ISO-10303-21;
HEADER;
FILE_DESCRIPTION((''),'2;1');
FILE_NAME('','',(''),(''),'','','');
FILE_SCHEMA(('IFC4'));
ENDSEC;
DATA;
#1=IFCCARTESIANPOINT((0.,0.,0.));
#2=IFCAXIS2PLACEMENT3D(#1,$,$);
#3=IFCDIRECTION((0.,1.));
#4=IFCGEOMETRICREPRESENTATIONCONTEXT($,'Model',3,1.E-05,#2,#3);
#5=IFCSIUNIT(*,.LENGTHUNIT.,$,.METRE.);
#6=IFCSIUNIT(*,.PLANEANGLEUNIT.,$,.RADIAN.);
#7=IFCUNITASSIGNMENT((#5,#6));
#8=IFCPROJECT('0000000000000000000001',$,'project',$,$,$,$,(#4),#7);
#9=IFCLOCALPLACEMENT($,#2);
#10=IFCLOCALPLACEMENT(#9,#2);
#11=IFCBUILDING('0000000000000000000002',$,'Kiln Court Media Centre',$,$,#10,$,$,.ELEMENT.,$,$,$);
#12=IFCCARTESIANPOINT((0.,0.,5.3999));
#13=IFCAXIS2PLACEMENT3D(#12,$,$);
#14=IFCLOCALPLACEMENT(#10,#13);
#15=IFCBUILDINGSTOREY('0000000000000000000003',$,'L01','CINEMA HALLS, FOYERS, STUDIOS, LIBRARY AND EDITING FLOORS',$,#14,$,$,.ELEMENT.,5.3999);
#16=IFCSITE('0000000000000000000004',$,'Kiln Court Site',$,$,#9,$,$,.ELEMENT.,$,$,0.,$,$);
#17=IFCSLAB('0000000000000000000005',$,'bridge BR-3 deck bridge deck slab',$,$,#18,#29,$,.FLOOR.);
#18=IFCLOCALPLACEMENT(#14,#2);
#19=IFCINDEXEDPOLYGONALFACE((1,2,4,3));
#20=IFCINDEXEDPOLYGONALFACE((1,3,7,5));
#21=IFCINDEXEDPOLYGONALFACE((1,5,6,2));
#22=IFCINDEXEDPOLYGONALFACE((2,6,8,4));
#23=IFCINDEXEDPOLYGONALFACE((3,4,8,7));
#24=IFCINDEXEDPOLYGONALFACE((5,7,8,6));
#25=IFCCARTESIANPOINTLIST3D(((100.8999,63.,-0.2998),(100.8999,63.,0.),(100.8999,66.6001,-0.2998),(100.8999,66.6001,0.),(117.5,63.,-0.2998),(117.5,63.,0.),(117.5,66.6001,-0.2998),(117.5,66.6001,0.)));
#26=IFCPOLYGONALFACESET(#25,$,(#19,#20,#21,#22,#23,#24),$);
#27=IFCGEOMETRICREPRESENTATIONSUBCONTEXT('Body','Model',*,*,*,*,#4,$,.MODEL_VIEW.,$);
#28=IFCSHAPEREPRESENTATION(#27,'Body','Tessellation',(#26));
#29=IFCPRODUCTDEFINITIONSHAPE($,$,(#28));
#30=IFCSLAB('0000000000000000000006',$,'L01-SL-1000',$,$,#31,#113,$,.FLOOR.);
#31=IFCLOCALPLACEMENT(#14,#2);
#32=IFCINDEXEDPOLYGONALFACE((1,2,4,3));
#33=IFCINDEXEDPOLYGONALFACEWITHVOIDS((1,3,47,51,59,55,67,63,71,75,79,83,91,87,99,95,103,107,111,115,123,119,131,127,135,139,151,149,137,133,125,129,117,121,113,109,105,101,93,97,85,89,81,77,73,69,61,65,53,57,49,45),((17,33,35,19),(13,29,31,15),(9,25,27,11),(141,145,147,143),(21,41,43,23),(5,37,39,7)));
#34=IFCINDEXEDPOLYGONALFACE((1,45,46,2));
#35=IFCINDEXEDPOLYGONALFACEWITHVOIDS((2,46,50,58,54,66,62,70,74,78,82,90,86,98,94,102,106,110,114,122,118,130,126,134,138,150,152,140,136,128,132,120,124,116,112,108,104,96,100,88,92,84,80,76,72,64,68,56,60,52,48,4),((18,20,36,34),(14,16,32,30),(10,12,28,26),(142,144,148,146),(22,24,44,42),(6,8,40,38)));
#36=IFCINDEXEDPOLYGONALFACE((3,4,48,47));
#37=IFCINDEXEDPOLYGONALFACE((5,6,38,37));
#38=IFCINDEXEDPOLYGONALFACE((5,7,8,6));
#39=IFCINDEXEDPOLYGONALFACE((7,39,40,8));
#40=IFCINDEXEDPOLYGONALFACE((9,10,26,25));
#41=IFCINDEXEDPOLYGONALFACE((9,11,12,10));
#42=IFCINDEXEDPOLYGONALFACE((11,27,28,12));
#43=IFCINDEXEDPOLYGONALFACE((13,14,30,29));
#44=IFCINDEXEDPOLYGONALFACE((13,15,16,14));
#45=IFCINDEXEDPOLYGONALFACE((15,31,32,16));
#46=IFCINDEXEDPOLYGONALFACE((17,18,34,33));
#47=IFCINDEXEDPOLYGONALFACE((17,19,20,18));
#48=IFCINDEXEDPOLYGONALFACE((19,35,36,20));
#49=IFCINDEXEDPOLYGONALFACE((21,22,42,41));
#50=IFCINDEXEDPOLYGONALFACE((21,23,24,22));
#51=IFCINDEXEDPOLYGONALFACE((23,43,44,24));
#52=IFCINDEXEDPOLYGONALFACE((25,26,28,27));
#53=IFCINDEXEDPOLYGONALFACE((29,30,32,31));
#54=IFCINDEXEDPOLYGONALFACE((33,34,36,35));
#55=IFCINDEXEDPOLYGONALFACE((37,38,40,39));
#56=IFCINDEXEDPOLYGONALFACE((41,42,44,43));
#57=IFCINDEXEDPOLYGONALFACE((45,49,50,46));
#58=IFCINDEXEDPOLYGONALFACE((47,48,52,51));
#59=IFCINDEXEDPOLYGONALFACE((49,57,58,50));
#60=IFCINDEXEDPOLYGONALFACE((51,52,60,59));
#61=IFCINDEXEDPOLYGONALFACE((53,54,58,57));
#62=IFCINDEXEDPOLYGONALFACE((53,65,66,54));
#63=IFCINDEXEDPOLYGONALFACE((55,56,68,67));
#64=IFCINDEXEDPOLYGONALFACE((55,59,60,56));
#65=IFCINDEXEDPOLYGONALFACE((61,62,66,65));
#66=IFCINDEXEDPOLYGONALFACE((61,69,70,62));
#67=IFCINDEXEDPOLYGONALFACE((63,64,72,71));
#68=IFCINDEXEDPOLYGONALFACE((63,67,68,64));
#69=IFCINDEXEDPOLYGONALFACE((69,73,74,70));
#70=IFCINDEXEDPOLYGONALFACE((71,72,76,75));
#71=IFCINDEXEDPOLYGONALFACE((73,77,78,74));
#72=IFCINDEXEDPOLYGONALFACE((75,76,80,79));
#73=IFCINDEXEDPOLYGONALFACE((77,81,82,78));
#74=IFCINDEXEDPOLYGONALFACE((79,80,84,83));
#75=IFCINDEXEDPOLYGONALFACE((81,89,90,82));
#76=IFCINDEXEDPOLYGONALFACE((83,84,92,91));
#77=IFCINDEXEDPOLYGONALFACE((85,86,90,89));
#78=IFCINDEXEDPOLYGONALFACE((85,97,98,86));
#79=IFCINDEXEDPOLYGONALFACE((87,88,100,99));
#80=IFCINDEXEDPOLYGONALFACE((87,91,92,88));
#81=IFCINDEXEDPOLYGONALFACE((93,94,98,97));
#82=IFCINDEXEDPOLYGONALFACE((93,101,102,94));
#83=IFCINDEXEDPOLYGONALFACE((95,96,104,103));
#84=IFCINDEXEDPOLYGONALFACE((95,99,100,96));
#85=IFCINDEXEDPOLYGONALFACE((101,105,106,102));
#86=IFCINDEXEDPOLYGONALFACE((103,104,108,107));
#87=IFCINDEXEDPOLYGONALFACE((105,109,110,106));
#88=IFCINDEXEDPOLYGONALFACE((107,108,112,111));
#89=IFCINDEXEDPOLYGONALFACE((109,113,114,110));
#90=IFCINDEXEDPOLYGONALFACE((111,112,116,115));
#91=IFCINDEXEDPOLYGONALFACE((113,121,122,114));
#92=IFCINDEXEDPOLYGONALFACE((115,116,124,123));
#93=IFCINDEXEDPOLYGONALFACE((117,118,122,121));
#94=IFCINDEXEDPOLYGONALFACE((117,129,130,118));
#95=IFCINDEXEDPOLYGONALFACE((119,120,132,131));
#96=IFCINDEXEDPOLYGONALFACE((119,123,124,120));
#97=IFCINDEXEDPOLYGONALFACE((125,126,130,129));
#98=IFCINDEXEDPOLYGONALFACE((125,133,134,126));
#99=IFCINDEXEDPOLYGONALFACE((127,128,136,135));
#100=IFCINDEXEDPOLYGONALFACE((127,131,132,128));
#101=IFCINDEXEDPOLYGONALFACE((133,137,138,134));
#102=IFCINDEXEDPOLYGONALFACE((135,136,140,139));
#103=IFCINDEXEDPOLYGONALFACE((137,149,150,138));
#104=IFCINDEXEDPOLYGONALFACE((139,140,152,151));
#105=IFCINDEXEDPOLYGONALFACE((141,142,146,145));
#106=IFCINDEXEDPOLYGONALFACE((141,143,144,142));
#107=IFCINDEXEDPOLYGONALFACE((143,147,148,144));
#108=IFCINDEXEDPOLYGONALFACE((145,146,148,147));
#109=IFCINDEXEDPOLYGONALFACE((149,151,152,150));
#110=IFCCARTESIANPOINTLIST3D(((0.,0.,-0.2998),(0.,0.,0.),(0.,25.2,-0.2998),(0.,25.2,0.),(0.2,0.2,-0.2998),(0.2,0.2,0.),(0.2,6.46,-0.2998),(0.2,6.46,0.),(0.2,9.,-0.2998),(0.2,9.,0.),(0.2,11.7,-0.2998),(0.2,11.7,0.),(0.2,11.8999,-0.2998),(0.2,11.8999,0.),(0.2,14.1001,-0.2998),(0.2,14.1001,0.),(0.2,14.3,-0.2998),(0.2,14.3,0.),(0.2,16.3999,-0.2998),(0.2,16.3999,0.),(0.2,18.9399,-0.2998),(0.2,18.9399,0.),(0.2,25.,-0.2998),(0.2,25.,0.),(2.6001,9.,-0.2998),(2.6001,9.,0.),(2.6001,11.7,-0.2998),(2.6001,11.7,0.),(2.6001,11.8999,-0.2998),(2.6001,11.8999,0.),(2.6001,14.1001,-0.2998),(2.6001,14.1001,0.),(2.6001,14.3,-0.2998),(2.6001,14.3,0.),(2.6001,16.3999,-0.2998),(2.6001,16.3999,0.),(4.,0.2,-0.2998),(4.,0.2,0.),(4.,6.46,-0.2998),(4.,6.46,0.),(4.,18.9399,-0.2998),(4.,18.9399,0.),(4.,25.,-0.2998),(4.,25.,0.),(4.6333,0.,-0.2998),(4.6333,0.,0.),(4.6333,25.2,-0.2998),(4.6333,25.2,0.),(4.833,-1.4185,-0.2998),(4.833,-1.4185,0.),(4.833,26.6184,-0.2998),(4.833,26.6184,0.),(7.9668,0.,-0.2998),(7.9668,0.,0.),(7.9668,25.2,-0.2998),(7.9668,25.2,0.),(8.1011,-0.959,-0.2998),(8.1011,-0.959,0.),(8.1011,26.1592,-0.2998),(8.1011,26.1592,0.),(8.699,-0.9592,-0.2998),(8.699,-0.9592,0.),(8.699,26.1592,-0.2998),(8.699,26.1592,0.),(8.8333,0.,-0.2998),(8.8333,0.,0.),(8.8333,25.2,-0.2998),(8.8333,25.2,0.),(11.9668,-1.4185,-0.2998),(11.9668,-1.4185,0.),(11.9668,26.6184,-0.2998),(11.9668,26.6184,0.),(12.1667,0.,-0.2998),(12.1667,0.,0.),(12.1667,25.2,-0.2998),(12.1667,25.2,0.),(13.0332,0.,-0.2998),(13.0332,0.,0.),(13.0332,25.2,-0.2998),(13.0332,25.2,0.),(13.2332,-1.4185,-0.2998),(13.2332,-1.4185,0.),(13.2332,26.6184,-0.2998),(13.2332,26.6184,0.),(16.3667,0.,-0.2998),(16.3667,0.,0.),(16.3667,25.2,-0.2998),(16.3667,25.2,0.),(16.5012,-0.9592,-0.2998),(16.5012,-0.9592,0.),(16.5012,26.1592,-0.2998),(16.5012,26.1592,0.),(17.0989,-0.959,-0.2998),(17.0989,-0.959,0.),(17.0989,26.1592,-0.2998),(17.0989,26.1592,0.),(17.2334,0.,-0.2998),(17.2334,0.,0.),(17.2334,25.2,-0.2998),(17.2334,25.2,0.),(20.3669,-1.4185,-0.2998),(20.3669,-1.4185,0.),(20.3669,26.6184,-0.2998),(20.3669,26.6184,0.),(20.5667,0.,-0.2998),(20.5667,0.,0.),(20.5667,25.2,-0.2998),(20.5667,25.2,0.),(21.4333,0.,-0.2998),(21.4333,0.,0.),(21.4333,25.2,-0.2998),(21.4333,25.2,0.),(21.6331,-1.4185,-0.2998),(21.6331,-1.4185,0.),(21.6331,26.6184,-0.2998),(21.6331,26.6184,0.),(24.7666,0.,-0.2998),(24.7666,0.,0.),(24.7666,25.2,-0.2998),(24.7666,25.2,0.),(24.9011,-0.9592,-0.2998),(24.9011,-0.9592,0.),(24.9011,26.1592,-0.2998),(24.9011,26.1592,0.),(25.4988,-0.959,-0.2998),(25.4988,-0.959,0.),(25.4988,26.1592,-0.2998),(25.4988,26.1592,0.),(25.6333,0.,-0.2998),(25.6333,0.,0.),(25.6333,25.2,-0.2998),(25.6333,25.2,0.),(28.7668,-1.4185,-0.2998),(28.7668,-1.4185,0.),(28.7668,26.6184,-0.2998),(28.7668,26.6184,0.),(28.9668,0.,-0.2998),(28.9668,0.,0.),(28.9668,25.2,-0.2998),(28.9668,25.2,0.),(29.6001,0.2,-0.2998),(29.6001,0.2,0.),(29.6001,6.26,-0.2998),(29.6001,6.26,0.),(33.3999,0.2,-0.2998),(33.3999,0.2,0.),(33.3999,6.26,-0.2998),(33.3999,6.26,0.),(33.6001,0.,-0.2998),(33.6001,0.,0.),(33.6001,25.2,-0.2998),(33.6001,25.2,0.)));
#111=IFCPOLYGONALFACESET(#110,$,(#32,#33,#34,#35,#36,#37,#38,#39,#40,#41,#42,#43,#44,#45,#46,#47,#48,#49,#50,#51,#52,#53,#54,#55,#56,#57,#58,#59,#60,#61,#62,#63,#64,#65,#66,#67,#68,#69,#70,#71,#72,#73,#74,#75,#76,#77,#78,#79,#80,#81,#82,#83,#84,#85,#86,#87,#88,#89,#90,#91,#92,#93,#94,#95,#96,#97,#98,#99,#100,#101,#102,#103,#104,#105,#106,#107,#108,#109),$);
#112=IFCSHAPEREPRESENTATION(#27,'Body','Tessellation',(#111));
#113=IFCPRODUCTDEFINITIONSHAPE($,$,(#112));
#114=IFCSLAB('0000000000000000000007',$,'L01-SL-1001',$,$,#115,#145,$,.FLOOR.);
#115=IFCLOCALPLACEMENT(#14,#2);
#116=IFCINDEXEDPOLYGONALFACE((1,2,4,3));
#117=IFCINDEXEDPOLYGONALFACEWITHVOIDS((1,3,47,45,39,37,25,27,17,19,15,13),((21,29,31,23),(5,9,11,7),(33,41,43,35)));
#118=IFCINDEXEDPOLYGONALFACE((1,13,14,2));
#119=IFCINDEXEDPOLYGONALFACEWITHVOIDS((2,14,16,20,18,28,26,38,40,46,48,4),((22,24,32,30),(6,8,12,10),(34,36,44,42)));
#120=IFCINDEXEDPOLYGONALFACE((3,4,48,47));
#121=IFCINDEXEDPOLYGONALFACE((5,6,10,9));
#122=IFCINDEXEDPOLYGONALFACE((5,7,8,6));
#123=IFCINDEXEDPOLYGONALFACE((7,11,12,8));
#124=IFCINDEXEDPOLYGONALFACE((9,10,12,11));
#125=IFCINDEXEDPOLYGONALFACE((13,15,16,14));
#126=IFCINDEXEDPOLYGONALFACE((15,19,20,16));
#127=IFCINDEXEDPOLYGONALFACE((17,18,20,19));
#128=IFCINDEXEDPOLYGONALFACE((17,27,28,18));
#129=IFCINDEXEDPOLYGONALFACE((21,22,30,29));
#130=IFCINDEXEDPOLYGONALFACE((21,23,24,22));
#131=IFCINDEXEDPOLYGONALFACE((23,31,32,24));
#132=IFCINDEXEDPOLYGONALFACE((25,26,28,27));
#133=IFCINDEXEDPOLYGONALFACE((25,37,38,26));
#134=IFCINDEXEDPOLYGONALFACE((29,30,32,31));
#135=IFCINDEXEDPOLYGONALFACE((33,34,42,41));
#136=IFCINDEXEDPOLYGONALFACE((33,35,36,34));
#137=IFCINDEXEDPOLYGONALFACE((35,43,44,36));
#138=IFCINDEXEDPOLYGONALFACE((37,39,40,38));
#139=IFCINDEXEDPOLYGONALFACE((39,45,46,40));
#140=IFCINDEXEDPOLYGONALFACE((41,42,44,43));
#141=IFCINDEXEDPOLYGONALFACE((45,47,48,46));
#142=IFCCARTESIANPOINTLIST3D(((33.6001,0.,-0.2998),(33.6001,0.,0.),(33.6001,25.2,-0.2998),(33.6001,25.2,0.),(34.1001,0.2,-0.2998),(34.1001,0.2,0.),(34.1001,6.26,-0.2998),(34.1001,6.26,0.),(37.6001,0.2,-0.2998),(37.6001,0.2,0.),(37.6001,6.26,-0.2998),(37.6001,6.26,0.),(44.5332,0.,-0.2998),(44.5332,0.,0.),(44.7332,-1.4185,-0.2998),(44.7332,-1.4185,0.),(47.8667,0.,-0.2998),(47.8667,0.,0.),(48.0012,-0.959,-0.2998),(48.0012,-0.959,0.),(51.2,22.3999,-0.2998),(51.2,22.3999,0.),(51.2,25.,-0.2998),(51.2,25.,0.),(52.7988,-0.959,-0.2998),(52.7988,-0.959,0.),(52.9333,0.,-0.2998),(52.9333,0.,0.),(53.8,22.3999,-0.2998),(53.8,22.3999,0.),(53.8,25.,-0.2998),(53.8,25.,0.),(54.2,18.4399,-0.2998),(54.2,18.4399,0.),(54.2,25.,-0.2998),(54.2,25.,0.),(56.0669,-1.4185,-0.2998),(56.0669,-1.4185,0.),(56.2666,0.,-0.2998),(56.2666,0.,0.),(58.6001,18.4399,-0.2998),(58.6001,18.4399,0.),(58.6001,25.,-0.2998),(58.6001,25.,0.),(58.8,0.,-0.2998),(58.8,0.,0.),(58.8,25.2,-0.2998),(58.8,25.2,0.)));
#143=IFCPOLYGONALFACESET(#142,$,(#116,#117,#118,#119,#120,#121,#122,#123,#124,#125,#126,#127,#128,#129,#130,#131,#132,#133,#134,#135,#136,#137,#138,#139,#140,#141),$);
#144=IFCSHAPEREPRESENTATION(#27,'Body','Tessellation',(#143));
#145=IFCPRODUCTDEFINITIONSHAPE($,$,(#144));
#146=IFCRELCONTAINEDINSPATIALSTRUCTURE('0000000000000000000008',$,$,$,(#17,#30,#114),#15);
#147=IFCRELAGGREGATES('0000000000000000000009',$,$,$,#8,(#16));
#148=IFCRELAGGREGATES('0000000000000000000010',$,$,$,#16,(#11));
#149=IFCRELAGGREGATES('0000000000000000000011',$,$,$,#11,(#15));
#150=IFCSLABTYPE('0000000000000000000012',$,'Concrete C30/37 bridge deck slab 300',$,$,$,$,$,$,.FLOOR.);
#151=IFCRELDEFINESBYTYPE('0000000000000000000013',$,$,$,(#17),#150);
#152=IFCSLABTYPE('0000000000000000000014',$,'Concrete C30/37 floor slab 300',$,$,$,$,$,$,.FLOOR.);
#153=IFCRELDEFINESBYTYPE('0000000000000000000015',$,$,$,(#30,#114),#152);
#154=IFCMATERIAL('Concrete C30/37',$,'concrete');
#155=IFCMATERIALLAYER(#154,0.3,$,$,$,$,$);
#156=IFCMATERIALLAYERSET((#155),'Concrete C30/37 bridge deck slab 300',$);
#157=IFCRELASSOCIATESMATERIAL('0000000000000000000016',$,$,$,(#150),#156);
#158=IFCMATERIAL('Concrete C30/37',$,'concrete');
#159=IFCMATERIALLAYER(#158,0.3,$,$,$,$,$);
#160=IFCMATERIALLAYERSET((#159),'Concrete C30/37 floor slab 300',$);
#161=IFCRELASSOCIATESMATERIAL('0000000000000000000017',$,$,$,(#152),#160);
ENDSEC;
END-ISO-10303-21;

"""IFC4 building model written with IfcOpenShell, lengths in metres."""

from ifc_helpers import new_model, si_unit, direction, frame, origin, place, context, subcontext, project, spatial, polyline, outline, extrude, material, layer, layer_set, type_object, element, save


model = new_model("IFC4")

# Units and contexts
model_context = context("Model", 3, precision=1e-05, world=origin(), true_north=direction((0.0, 1.0)))
body_context = subcontext(model_context, "Body", "Model", "MODEL_VIEW")
ifc_project = project(units=[si_unit("LENGTHUNIT", "METRE"), si_unit("PLANEANGLEUNIT", "RADIAN")], contexts=[model_context])

# Site, building, storey
site_placement = place(None, origin())
site = spatial("IfcSite", under=ifc_project, at=site_placement, Name="Kiln Court Site", CompositionType="ELEMENT", RefElevation=0.0)
building_placement = place(site_placement, origin())
building = spatial("IfcBuilding", under=site, at=building_placement, Name="Kiln Court Media Centre", CompositionType="ELEMENT")
storey_placement = place(building_placement, frame((0.0, 0.0, 5.3999)))
storey = spatial("IfcBuildingStorey", under=building, at=storey_placement, Name="L01", Description="CINEMA HALLS, FOYERS, STUDIOS, LIBRARY AND EDITING FLOORS", CompositionType="ELEMENT", Elevation=5.3999)

# Slabs
ifc_material_1 = material(Name="Concrete C30/37", Category="concrete")
ifc_layer_1 = layer(ifc_material_1, 0.3)
ifc_layer_set_1 = layer_set([ifc_layer_1], Name="Concrete C30/37 bridge deck slab 300")
slab_type_1 = type_object("IfcSlabType", Name="Concrete C30/37 bridge deck slab 300", PredefinedType="FLOOR", material=ifc_layer_set_1)
slab_1_placement = place(storey_placement, frame((0.0, 0.0, -0.2998)))
element("IfcSlab", 1, at=slab_1_placement, inside=storey, type_object=slab_type_1, Name="bridge BR-3 deck bridge deck slab", PredefinedType="FLOOR", context=body_context, shape_type="SweptSolid", body=[
    extrude(outline(polyline([(100.8999, 63.0), (117.5, 63.0), (117.5, 66.6001), (100.8999, 66.6001), (100.8999, 63.0)])), origin(), (0.0, 0.0, 1.0), 0.2998),
])
ifc_material_2 = material(Name="Concrete C30/37", Category="concrete")
ifc_layer_2 = layer(ifc_material_2, 0.3)
ifc_layer_set_2 = layer_set([ifc_layer_2], Name="Concrete C30/37 floor slab 300")
slab_type_2 = type_object("IfcSlabType", Name="Concrete C30/37 floor slab 300", PredefinedType="FLOOR", material=ifc_layer_set_2)
slab_2_placement = place(storey_placement, frame((0.0, 0.0, -0.2998)))
element("IfcSlab", 2, at=slab_2_placement, inside=storey, type_object=slab_type_2, Name="L01-SL-1000", PredefinedType="FLOOR", context=body_context, shape_type="SweptSolid", body=[
    extrude(outline(polyline([(4.833, -1.4185), (4.6333, 0.0), (0.0, 0.0), (0.0, 25.2), (4.6333, 25.2), (4.833, 26.6184), (8.1011, 26.1592), (7.9668, 25.2), (8.8333, 25.2), (8.699, 26.1592), (11.9668, 26.6184), (12.1667, 25.2), (13.0332, 25.2), (13.2332, 26.6184), (16.5012, 26.1592), (16.3667, 25.2), (17.2334, 25.2), (17.0989, 26.1592), (20.3669, 26.6184), (20.5667, 25.2), (21.4333, 25.2), (21.6331, 26.6184), (24.9011, 26.1592), (24.7666, 25.2), (25.6333, 25.2), (25.4988, 26.1592), (28.7668, 26.6184), (28.9668, 25.2), (33.6001, 25.2), (33.6001, 0.0), (28.9668, 0.0), (28.7668, -1.4185), (25.4988, -0.959), (25.6333, 0.0), (24.7666, 0.0), (24.9011, -0.9592), (21.6331, -1.4185), (21.4333, 0.0), (20.5667, 0.0), (20.3669, -1.4185), (17.0989, -0.959), (17.2334, 0.0), (16.3667, 0.0), (16.5012, -0.9592), (13.2332, -1.4185), (13.0332, 0.0), (12.1667, 0.0), (11.9668, -1.4185), (8.699, -0.9592), (8.8333, 0.0), (7.9668, 0.0), (8.1011, -0.959), (4.833, -1.4185)]), holes=[polyline([(0.2, 0.2), (4.0, 0.2), (4.0, 6.46), (0.2, 6.46), (0.2, 0.2)]), polyline([(29.6001, 0.2), (33.3999, 0.2), (33.3999, 6.26), (29.6001, 6.26), (29.6001, 0.2)]), polyline([(0.2, 9.0), (2.6001, 9.0), (2.6001, 11.7), (0.2, 11.7), (0.2, 9.0)]), polyline([(0.2, 11.8999), (2.6001, 11.8999), (2.6001, 14.1001), (0.2, 14.1001), (0.2, 11.8999)]), polyline([(0.2, 14.3), (2.6001, 14.3), (2.6001, 16.3999), (0.2, 16.3999), (0.2, 14.3)]), polyline([(0.2, 18.9399), (4.0, 18.9399), (4.0, 25.0), (0.2, 25.0), (0.2, 18.9399)])]), origin(), (0.0, 0.0, 1.0), 0.2998),
])
slab_3_placement = place(storey_placement, frame((0.0, 0.0, -0.2998)))
element("IfcSlab", 3, at=slab_3_placement, inside=storey, type_object=slab_type_2, Name="L01-SL-1001", PredefinedType="FLOOR", context=body_context, shape_type="SweptSolid", body=[
    extrude(outline(polyline([(44.7332, -1.4185), (44.5332, 0.0), (33.6001, 0.0), (33.6001, 25.2), (58.8, 25.2), (58.8, 0.0), (56.2666, 0.0), (56.0669, -1.4185), (52.7988, -0.959), (52.9333, 0.0), (47.8667, 0.0), (48.0012, -0.959), (44.7332, -1.4185)]), holes=[polyline([(34.1001, 0.2), (37.6001, 0.2), (37.6001, 6.26), (34.1001, 6.26), (34.1001, 0.2)]), polyline([(54.2, 18.4399), (58.6001, 18.4399), (58.6001, 25.0), (54.2, 25.0), (54.2, 18.4399)]), polyline([(51.2, 22.3999), (53.8, 22.3999), (53.8, 25.0), (51.2, 25.0), (51.2, 22.3999)])]), origin(), (0.0, 0.0, 1.0), 0.2998),
])

save(model, "model.ifc")
